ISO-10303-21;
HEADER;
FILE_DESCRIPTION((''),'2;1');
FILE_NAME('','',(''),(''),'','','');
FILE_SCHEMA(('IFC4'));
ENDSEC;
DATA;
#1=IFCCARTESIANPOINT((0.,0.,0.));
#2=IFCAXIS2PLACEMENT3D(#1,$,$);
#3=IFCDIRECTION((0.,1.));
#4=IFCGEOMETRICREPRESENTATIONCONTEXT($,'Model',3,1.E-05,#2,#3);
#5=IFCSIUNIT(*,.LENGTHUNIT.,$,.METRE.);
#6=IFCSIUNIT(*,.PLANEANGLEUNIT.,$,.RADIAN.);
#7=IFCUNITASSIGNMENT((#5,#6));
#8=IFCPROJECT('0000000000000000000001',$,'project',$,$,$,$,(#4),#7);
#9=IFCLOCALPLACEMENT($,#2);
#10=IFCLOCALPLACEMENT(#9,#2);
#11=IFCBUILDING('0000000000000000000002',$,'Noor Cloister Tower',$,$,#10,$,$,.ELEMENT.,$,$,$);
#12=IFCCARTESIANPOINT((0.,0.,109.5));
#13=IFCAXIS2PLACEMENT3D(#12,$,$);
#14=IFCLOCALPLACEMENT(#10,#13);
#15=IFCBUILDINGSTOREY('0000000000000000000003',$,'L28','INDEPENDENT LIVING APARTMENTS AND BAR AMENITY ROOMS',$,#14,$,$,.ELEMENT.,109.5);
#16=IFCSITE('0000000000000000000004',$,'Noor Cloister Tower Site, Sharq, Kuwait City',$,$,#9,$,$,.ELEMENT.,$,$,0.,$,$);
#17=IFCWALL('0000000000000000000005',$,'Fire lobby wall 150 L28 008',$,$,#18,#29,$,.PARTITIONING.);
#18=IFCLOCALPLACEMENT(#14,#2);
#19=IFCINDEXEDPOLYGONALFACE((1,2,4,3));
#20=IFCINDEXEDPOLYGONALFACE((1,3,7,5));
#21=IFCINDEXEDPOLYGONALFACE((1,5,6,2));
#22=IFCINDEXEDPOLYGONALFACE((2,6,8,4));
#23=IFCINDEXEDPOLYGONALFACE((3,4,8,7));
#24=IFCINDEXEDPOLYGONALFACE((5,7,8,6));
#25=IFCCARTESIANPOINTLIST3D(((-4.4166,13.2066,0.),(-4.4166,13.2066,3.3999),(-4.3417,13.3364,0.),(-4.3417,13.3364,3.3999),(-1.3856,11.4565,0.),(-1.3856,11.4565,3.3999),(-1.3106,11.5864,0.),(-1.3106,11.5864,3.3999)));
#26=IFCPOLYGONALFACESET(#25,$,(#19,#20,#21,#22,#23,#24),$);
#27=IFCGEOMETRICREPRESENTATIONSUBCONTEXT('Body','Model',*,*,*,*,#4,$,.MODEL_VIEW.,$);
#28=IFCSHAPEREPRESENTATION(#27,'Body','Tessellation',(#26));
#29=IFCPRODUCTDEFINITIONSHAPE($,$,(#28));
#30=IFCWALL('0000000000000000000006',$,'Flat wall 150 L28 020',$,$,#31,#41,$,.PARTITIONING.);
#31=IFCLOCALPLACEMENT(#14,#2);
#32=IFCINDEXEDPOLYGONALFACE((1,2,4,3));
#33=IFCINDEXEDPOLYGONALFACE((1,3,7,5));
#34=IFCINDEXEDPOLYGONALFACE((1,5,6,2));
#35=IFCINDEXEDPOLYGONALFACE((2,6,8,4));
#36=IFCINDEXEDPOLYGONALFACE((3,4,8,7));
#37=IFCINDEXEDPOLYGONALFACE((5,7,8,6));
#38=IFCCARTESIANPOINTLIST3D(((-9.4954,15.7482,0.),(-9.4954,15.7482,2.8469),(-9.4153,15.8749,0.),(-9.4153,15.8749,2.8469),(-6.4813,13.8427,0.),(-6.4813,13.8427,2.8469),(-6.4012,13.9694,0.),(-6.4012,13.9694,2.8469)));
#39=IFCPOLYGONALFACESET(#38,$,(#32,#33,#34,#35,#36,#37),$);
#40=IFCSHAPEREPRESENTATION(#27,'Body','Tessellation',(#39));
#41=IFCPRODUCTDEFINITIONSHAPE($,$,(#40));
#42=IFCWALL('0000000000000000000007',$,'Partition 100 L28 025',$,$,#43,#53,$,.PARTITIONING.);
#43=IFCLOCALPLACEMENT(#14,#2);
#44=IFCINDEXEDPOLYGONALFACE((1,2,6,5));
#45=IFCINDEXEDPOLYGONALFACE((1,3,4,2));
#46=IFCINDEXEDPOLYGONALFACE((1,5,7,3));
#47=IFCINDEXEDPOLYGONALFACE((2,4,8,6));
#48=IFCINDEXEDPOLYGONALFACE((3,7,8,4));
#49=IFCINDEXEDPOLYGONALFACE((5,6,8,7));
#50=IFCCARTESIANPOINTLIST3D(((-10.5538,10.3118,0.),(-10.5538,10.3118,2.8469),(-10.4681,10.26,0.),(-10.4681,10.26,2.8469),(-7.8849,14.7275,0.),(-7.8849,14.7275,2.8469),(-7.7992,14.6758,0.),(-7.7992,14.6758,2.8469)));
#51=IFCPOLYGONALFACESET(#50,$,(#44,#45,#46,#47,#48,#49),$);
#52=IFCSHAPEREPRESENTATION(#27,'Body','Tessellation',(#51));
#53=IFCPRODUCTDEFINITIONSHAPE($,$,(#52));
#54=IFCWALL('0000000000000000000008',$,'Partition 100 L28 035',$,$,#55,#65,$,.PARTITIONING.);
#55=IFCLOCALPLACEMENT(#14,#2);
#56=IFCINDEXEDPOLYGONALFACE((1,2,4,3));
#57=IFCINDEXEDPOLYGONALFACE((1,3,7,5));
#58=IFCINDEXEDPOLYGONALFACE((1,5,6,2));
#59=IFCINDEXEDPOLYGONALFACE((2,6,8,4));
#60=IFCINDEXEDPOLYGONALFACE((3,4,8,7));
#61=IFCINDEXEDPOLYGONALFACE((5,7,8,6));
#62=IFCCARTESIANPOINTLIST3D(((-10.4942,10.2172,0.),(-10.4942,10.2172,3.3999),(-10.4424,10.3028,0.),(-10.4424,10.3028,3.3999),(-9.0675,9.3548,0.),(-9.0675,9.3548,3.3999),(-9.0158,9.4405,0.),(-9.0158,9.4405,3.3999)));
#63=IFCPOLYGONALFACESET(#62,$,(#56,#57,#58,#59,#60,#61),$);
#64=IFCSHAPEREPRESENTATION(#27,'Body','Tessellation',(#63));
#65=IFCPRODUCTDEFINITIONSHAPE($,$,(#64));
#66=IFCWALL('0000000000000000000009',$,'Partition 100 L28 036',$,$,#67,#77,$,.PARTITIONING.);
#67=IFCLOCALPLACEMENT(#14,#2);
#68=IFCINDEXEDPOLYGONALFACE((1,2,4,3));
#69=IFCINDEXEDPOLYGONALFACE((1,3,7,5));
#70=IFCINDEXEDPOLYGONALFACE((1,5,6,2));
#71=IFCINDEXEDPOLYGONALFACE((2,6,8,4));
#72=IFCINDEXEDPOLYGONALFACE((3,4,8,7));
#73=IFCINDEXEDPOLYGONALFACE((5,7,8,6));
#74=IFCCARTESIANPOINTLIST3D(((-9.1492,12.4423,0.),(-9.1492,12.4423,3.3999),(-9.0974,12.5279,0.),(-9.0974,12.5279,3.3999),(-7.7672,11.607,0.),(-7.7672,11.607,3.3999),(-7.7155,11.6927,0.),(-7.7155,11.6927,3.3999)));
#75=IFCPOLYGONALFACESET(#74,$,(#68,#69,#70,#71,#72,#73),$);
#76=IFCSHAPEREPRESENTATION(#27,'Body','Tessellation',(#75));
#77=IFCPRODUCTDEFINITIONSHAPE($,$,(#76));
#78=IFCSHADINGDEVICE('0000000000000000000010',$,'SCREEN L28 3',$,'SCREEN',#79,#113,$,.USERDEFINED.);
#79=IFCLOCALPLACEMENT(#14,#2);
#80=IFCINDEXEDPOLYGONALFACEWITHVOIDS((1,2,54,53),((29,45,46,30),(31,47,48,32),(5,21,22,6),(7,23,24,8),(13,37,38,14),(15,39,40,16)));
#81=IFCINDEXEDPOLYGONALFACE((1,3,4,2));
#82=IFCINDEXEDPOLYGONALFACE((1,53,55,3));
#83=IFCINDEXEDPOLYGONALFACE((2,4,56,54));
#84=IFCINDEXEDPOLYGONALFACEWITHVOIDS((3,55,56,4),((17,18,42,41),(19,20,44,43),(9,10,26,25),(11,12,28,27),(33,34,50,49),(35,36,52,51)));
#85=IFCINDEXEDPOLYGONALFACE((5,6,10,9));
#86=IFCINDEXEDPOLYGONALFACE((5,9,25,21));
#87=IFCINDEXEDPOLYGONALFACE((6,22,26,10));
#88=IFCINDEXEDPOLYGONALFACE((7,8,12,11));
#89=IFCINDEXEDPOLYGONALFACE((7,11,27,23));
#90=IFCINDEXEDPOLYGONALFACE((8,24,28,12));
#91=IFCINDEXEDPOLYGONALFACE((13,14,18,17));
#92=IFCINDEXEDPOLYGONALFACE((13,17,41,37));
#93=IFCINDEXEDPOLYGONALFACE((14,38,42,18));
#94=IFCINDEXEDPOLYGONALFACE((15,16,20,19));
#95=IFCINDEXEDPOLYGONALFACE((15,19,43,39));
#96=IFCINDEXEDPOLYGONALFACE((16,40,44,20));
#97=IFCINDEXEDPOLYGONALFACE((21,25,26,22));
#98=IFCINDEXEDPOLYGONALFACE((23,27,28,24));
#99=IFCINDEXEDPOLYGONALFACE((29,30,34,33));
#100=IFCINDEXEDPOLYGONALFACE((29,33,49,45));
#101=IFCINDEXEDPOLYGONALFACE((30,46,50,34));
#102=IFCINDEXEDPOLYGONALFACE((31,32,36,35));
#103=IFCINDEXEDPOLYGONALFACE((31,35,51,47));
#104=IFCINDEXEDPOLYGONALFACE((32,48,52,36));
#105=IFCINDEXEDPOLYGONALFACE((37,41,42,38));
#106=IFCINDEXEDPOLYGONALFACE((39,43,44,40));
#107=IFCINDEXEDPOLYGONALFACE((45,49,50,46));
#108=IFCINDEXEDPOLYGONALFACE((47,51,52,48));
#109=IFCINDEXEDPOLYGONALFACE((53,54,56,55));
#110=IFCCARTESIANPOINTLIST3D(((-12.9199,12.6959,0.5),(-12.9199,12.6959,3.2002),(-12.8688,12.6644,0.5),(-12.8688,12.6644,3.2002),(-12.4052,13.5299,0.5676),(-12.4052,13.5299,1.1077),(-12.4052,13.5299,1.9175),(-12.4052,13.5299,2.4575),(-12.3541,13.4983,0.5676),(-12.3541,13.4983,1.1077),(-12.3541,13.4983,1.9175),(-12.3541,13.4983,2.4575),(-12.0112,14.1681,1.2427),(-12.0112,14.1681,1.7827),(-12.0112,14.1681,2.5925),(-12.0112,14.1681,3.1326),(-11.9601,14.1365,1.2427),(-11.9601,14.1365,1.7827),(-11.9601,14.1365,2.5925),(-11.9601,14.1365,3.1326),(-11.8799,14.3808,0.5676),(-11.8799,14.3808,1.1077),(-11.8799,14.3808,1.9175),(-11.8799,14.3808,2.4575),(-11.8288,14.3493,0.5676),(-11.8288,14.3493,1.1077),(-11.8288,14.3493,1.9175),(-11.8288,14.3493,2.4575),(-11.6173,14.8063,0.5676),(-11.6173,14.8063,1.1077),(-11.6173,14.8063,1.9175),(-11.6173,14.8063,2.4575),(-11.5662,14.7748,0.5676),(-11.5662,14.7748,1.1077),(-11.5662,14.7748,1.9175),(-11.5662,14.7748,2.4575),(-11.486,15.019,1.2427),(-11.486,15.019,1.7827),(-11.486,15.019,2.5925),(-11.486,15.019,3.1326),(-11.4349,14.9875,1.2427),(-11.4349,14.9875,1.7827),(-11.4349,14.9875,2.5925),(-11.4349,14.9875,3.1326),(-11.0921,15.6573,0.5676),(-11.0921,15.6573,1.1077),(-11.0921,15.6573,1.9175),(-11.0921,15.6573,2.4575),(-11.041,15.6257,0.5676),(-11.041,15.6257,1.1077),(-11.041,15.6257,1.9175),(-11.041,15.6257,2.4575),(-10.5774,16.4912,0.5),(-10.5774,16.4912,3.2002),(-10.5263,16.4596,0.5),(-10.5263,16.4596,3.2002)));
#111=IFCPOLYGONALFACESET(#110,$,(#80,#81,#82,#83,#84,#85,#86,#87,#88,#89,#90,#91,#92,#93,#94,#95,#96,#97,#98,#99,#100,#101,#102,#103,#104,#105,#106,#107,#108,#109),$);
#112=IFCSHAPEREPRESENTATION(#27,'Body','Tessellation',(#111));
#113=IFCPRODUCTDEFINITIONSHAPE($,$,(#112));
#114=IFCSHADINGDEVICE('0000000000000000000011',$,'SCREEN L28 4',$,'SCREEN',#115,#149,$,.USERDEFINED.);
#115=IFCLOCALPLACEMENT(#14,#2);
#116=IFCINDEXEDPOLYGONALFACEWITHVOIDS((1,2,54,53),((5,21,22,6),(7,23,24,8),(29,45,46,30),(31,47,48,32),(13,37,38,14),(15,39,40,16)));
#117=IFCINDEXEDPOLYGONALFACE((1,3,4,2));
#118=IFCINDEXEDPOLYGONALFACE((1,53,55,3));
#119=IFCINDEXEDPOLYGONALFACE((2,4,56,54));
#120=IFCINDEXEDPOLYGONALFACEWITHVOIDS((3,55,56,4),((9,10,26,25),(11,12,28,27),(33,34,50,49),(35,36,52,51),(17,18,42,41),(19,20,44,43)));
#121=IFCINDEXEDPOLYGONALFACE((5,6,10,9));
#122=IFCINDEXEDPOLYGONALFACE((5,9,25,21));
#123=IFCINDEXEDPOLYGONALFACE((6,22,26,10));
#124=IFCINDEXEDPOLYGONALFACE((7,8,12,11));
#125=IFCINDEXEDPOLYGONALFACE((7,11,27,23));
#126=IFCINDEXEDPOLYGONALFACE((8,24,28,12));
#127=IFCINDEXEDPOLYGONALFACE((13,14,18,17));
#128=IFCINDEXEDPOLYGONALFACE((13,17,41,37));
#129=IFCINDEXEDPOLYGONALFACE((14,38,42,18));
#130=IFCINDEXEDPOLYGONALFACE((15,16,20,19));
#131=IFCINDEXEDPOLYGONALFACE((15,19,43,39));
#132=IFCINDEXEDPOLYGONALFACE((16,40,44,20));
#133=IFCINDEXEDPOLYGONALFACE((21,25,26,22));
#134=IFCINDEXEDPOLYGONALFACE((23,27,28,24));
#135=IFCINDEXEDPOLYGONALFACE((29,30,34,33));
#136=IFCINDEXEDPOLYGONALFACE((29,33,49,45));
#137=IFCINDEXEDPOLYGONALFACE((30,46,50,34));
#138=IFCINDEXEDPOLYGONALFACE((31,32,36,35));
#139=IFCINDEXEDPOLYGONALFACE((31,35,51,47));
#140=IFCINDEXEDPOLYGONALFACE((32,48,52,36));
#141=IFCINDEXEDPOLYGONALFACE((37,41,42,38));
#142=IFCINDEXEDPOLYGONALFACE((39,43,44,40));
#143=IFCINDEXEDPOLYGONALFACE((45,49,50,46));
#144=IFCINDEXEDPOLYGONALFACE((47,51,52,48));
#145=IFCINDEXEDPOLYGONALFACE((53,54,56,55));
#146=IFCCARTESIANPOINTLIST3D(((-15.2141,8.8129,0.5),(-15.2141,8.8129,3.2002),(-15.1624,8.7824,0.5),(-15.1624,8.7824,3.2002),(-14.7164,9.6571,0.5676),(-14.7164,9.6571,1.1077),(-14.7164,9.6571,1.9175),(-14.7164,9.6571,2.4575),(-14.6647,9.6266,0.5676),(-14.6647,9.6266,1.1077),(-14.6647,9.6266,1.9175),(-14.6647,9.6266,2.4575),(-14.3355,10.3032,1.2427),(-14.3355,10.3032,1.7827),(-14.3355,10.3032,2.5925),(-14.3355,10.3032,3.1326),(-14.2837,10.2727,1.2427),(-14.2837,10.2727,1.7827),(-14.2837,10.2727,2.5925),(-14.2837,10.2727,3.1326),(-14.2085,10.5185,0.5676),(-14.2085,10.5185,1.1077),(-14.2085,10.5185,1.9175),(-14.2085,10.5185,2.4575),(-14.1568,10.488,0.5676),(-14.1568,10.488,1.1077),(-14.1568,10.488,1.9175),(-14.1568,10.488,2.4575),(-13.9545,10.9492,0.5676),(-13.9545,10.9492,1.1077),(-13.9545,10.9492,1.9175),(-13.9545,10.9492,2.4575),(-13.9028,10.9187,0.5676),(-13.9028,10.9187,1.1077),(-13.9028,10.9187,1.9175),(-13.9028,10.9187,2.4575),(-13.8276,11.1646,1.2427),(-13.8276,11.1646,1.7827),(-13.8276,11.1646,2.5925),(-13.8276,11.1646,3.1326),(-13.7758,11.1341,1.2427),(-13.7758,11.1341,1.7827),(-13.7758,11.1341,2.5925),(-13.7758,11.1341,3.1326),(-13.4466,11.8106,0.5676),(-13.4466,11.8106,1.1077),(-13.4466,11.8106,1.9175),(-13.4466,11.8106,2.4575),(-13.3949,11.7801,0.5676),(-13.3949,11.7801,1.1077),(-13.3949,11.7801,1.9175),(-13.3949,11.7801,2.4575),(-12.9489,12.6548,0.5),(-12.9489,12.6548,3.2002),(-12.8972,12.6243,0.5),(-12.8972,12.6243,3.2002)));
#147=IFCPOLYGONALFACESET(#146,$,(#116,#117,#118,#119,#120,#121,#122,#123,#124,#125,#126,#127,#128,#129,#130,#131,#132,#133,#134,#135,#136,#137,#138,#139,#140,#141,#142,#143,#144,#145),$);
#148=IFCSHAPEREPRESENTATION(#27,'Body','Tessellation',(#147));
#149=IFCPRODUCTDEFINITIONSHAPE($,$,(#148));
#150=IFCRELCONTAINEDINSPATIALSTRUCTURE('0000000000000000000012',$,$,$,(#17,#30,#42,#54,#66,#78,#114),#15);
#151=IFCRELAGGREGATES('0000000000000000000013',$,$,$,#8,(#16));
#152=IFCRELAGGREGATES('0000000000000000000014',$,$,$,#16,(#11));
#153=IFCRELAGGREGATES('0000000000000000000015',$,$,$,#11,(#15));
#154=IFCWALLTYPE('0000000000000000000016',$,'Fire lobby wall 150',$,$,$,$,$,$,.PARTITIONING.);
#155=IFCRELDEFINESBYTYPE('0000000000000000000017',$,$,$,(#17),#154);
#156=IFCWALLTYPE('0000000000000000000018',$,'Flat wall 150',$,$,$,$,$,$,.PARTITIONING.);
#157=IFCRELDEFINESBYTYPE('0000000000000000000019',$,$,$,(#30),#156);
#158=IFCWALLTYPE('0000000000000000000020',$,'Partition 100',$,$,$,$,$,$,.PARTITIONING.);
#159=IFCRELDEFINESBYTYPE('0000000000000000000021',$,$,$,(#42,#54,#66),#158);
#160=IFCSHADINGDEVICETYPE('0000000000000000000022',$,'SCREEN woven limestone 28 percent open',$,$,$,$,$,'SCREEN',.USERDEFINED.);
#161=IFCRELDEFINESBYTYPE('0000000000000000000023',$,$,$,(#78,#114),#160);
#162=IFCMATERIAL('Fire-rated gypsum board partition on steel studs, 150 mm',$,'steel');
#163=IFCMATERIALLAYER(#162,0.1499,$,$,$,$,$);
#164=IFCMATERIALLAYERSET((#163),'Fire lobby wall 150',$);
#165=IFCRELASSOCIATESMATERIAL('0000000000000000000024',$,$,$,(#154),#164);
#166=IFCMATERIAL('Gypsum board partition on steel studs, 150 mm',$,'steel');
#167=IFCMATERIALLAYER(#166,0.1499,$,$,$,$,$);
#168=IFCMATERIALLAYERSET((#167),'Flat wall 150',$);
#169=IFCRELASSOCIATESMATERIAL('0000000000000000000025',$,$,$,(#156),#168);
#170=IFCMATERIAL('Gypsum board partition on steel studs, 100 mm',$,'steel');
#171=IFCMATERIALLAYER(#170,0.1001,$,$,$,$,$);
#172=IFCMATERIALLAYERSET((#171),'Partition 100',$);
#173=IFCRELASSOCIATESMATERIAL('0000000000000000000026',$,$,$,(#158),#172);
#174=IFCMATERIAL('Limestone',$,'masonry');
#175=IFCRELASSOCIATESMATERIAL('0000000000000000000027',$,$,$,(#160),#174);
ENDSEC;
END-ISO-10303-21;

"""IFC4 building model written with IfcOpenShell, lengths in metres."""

from ifc_helpers import new_model, si_unit, direction, frame, frame_2d, origin, place, context, subcontext, project, spatial, polyline, rectangle, outline, extrude, material, layer, layer_set, material_profile, profile_set, type_object, element, save


model = new_model("IFC4")

# Units and contexts
model_context = context("Model", 3, precision=1e-05, world=origin(), true_north=direction((0.0, 1.0)))
body_context = subcontext(model_context, "Body", "Model", "MODEL_VIEW")
ifc_project = project(units=[si_unit("LENGTHUNIT", "METRE"), si_unit("PLANEANGLEUNIT", "RADIAN")], contexts=[model_context])

# Site, building, storey
site_placement = place(None, origin())
site = spatial("IfcSite", under=ifc_project, at=site_placement, Name="Noor Cloister Tower Site, Sharq, Kuwait City", CompositionType="ELEMENT", RefElevation=0.0)
building_placement = place(site_placement, origin())
building = spatial("IfcBuilding", under=site, at=building_placement, Name="Noor Cloister Tower", CompositionType="ELEMENT")
storey_placement = place(building_placement, frame((0.0, 0.0, 109.5)))
storey = spatial("IfcBuildingStorey", under=building, at=storey_placement, Name="L28", Description="INDEPENDENT LIVING APARTMENTS AND BAR AMENITY ROOMS", CompositionType="ELEMENT", Elevation=109.5)

# Shared definitions
ifc_material_1 = material(Name="Fire-rated gypsum board partition on steel studs, 150 mm", Category="steel")
ifc_layer_1 = layer(ifc_material_1, 0.1499)
ifc_layer_set_1 = layer_set([ifc_layer_1], Name="Fire lobby wall 150")
wall_type_1 = type_object("IfcWallType", Name="Fire lobby wall 150", PredefinedType="PARTITIONING", material=ifc_layer_set_1)

# Walls
wall_1_placement = place(storey_placement, frame((-4.3792, 13.2715, 0.0), z_axis=(0.0, 0.0, 1.0), x_axis=(0.866019, -0.50001, 0.0)))
element("IfcWall", 1, at=wall_1_placement, inside=storey, type_object=wall_type_1, Name="Fire lobby wall 150 L28 008", PredefinedType="PARTITIONING", context=body_context, shape_type="SweptSolid", body=[
    extrude(rectangle(XDim=3.5, YDim=0.1499, at=frame_2d((1.75, 0.0))), origin(), (0.0, 0.0, 1.0), 3.3999),
])
ifc_material_2 = material(Name="Gypsum board partition on steel studs, 150 mm", Category="steel")
ifc_layer_2 = layer(ifc_material_2, 0.1499)
ifc_layer_set_2 = layer_set([ifc_layer_2], Name="Flat wall 150")
wall_type_2 = type_object("IfcWallType", Name="Flat wall 150", PredefinedType="PARTITIONING", material=ifc_layer_set_2)
wall_2_placement = place(storey_placement, frame((-9.4553, 15.8115, 0.0), z_axis=(0.0, 0.0, 1.0), x_axis=(0.845256, -0.534361, 0.0)))
element("IfcWall", 2, at=wall_2_placement, inside=storey, type_object=wall_type_2, Name="Flat wall 150 L28 020", PredefinedType="PARTITIONING", context=body_context, shape_type="SweptSolid", body=[
    extrude(rectangle(XDim=3.5659, YDim=0.1499, at=frame_2d((1.783, 0.0))), origin(), (0.0, 0.0, 1.0), 2.8469),
])
ifc_material_3 = material(Name="Gypsum board partition on steel studs, 100 mm", Category="steel")
ifc_layer_3 = layer(ifc_material_3, 0.1001)
ifc_layer_set_3 = layer_set([ifc_layer_3], Name="Partition 100")
wall_type_3 = type_object("IfcWallType", Name="Partition 100", PredefinedType="PARTITIONING", material=ifc_layer_set_3)
wall_3_placement = place(storey_placement, frame((-7.842, 14.7017, 0.0), z_axis=(0.0, 0.0, 1.0), x_axis=(-0.517269, -0.855823, 0.0)))
element("IfcWall", 3, at=wall_3_placement, inside=storey, type_object=wall_type_3, Name="Partition 100 L28 025", PredefinedType="PARTITIONING", context=body_context, shape_type="SweptSolid", body=[
    extrude(rectangle(XDim=5.1597, YDim=0.1001, at=frame_2d((2.5798, 0.0))), origin(), (0.0, 0.0, 1.0), 2.8469),
])
wall_4_placement = place(storey_placement, frame((-10.4683, 10.26, 0.0), z_axis=(0.0, 0.0, 1.0), x_axis=(0.855795, -0.517315, 0.0)))
element("IfcWall", 4, at=wall_4_placement, inside=storey, type_object=wall_type_3, Name="Partition 100 L28 035", PredefinedType="PARTITIONING", context=body_context, shape_type="SweptSolid", body=[
    extrude(rectangle(XDim=1.667, YDim=0.1001, at=frame_2d((0.8335, 0.0))), origin(), (0.0, 0.0, 1.0), 3.3999),
])
wall_5_placement = place(storey_placement, frame((-9.1233, 12.4851, 0.0), z_axis=(0.0, 0.0, 1.0), x_axis=(0.855821, -0.517273, 0.0)))
element("IfcWall", 5, at=wall_5_placement, inside=storey, type_object=wall_type_3, Name="Partition 100 L28 036", PredefinedType="PARTITIONING", context=body_context, shape_type="SweptSolid", body=[
    extrude(rectangle(XDim=1.6147, YDim=0.1001, at=frame_2d((0.8074, 0.0))), origin(), (0.0, 0.0, 1.0), 3.3999),
])

# Shading devices
ifc_material_4 = material(Name="Limestone", Category="masonry")
ifc_material_profile_1 = material_profile(ifc_material_4, outline(polyline([(-2.23, -1.3501), (2.23, -1.3501), (2.23, 1.3501), (-2.23, 1.3501), (-2.23, -1.3501)]), holes=[polyline([(-1.25, -1.2825), (-0.25, -1.2825), (-0.25, -0.7424), (-1.25, -0.7424), (-1.25, -1.2825)]), polyline([(0.25, -1.2825), (1.25, -1.2825), (1.25, -0.7424), (0.25, -0.7424), (0.25, -1.2825)]), polyline([(-0.5, -0.6074), (0.5, -0.6074), (0.5, -0.0674), (-0.5, -0.0674), (-0.5, -0.6074)]), polyline([(-1.25, 0.0674), (-0.25, 0.0674), (-0.25, 0.6074), (-1.25, 0.6074), (-1.25, 0.0674)]), polyline([(0.25, 0.0674), (1.25, 0.0674), (1.25, 0.6074), (0.25, 0.6074), (0.25, 0.0674)]), polyline([(-0.5, 0.7424), (0.5, 0.7424), (0.5, 1.2825), (-0.5, 1.2825), (-0.5, 0.7424)])]), Name="Woven screen 28 percent open")
ifc_profile_set_1 = profile_set([ifc_material_profile_1], Name="Limestone")
shading_device_type = type_object("IfcShadingDeviceType", Name="SCREEN woven limestone 28 percent open", ElementType="SCREEN", PredefinedType="USERDEFINED", material=ifc_profile_set_1)
for number, where, z_axis, x_axis, name in (
    (6, (-11.6975, 14.562, 1.8501), (-0.850959, 0.525233, 0.0), (-0.525233, -0.850959, 0.0), "SCREEN L28 3"),
    (7, (-14.0298, 10.7034, 1.8501), (-0.861411, 0.507908, 0.0), (-0.507908, -0.861411, 0.0), "SCREEN L28 4"),
):
    element("IfcShadingDevice", number, at=place(storey_placement, frame(where, z_axis=z_axis, x_axis=x_axis)), inside=storey, type_object=shading_device_type, Name=name, ObjectType="SCREEN", PredefinedType="USERDEFINED", context=body_context, shape_type="SweptSolid", body=[
        extrude(outline(polyline([(-2.23, -1.3501), (2.23, -1.3501), (2.23, 1.3501), (-2.23, 1.3501), (-2.23, -1.3501)]), holes=[polyline([(-1.25, -1.2825), (-0.25, -1.2825), (-0.25, -0.7424), (-1.25, -0.7424), (-1.25, -1.2825)]), polyline([(0.25, -1.2825), (1.25, -1.2825), (1.25, -0.7424), (0.25, -0.7424), (0.25, -1.2825)]), polyline([(-0.5, -0.6074), (0.5, -0.6074), (0.5, -0.0674), (-0.5, -0.0674), (-0.5, -0.6074)]), polyline([(-1.25, 0.0674), (-0.25, 0.0674), (-0.25, 0.6074), (-1.25, 0.6074), (-1.25, 0.0674)]), polyline([(0.25, 0.0674), (1.25, 0.0674), (1.25, 0.6074), (0.25, 0.6074), (0.25, 0.0674)]), polyline([(-0.5, 0.7424), (0.5, 0.7424), (0.5, 1.2825), (-0.5, 1.2825), (-0.5, 0.7424)])]), origin(), (0.0, 0.0, 1.0), 0.0601),
    ])

save(model, "model.ifc")
